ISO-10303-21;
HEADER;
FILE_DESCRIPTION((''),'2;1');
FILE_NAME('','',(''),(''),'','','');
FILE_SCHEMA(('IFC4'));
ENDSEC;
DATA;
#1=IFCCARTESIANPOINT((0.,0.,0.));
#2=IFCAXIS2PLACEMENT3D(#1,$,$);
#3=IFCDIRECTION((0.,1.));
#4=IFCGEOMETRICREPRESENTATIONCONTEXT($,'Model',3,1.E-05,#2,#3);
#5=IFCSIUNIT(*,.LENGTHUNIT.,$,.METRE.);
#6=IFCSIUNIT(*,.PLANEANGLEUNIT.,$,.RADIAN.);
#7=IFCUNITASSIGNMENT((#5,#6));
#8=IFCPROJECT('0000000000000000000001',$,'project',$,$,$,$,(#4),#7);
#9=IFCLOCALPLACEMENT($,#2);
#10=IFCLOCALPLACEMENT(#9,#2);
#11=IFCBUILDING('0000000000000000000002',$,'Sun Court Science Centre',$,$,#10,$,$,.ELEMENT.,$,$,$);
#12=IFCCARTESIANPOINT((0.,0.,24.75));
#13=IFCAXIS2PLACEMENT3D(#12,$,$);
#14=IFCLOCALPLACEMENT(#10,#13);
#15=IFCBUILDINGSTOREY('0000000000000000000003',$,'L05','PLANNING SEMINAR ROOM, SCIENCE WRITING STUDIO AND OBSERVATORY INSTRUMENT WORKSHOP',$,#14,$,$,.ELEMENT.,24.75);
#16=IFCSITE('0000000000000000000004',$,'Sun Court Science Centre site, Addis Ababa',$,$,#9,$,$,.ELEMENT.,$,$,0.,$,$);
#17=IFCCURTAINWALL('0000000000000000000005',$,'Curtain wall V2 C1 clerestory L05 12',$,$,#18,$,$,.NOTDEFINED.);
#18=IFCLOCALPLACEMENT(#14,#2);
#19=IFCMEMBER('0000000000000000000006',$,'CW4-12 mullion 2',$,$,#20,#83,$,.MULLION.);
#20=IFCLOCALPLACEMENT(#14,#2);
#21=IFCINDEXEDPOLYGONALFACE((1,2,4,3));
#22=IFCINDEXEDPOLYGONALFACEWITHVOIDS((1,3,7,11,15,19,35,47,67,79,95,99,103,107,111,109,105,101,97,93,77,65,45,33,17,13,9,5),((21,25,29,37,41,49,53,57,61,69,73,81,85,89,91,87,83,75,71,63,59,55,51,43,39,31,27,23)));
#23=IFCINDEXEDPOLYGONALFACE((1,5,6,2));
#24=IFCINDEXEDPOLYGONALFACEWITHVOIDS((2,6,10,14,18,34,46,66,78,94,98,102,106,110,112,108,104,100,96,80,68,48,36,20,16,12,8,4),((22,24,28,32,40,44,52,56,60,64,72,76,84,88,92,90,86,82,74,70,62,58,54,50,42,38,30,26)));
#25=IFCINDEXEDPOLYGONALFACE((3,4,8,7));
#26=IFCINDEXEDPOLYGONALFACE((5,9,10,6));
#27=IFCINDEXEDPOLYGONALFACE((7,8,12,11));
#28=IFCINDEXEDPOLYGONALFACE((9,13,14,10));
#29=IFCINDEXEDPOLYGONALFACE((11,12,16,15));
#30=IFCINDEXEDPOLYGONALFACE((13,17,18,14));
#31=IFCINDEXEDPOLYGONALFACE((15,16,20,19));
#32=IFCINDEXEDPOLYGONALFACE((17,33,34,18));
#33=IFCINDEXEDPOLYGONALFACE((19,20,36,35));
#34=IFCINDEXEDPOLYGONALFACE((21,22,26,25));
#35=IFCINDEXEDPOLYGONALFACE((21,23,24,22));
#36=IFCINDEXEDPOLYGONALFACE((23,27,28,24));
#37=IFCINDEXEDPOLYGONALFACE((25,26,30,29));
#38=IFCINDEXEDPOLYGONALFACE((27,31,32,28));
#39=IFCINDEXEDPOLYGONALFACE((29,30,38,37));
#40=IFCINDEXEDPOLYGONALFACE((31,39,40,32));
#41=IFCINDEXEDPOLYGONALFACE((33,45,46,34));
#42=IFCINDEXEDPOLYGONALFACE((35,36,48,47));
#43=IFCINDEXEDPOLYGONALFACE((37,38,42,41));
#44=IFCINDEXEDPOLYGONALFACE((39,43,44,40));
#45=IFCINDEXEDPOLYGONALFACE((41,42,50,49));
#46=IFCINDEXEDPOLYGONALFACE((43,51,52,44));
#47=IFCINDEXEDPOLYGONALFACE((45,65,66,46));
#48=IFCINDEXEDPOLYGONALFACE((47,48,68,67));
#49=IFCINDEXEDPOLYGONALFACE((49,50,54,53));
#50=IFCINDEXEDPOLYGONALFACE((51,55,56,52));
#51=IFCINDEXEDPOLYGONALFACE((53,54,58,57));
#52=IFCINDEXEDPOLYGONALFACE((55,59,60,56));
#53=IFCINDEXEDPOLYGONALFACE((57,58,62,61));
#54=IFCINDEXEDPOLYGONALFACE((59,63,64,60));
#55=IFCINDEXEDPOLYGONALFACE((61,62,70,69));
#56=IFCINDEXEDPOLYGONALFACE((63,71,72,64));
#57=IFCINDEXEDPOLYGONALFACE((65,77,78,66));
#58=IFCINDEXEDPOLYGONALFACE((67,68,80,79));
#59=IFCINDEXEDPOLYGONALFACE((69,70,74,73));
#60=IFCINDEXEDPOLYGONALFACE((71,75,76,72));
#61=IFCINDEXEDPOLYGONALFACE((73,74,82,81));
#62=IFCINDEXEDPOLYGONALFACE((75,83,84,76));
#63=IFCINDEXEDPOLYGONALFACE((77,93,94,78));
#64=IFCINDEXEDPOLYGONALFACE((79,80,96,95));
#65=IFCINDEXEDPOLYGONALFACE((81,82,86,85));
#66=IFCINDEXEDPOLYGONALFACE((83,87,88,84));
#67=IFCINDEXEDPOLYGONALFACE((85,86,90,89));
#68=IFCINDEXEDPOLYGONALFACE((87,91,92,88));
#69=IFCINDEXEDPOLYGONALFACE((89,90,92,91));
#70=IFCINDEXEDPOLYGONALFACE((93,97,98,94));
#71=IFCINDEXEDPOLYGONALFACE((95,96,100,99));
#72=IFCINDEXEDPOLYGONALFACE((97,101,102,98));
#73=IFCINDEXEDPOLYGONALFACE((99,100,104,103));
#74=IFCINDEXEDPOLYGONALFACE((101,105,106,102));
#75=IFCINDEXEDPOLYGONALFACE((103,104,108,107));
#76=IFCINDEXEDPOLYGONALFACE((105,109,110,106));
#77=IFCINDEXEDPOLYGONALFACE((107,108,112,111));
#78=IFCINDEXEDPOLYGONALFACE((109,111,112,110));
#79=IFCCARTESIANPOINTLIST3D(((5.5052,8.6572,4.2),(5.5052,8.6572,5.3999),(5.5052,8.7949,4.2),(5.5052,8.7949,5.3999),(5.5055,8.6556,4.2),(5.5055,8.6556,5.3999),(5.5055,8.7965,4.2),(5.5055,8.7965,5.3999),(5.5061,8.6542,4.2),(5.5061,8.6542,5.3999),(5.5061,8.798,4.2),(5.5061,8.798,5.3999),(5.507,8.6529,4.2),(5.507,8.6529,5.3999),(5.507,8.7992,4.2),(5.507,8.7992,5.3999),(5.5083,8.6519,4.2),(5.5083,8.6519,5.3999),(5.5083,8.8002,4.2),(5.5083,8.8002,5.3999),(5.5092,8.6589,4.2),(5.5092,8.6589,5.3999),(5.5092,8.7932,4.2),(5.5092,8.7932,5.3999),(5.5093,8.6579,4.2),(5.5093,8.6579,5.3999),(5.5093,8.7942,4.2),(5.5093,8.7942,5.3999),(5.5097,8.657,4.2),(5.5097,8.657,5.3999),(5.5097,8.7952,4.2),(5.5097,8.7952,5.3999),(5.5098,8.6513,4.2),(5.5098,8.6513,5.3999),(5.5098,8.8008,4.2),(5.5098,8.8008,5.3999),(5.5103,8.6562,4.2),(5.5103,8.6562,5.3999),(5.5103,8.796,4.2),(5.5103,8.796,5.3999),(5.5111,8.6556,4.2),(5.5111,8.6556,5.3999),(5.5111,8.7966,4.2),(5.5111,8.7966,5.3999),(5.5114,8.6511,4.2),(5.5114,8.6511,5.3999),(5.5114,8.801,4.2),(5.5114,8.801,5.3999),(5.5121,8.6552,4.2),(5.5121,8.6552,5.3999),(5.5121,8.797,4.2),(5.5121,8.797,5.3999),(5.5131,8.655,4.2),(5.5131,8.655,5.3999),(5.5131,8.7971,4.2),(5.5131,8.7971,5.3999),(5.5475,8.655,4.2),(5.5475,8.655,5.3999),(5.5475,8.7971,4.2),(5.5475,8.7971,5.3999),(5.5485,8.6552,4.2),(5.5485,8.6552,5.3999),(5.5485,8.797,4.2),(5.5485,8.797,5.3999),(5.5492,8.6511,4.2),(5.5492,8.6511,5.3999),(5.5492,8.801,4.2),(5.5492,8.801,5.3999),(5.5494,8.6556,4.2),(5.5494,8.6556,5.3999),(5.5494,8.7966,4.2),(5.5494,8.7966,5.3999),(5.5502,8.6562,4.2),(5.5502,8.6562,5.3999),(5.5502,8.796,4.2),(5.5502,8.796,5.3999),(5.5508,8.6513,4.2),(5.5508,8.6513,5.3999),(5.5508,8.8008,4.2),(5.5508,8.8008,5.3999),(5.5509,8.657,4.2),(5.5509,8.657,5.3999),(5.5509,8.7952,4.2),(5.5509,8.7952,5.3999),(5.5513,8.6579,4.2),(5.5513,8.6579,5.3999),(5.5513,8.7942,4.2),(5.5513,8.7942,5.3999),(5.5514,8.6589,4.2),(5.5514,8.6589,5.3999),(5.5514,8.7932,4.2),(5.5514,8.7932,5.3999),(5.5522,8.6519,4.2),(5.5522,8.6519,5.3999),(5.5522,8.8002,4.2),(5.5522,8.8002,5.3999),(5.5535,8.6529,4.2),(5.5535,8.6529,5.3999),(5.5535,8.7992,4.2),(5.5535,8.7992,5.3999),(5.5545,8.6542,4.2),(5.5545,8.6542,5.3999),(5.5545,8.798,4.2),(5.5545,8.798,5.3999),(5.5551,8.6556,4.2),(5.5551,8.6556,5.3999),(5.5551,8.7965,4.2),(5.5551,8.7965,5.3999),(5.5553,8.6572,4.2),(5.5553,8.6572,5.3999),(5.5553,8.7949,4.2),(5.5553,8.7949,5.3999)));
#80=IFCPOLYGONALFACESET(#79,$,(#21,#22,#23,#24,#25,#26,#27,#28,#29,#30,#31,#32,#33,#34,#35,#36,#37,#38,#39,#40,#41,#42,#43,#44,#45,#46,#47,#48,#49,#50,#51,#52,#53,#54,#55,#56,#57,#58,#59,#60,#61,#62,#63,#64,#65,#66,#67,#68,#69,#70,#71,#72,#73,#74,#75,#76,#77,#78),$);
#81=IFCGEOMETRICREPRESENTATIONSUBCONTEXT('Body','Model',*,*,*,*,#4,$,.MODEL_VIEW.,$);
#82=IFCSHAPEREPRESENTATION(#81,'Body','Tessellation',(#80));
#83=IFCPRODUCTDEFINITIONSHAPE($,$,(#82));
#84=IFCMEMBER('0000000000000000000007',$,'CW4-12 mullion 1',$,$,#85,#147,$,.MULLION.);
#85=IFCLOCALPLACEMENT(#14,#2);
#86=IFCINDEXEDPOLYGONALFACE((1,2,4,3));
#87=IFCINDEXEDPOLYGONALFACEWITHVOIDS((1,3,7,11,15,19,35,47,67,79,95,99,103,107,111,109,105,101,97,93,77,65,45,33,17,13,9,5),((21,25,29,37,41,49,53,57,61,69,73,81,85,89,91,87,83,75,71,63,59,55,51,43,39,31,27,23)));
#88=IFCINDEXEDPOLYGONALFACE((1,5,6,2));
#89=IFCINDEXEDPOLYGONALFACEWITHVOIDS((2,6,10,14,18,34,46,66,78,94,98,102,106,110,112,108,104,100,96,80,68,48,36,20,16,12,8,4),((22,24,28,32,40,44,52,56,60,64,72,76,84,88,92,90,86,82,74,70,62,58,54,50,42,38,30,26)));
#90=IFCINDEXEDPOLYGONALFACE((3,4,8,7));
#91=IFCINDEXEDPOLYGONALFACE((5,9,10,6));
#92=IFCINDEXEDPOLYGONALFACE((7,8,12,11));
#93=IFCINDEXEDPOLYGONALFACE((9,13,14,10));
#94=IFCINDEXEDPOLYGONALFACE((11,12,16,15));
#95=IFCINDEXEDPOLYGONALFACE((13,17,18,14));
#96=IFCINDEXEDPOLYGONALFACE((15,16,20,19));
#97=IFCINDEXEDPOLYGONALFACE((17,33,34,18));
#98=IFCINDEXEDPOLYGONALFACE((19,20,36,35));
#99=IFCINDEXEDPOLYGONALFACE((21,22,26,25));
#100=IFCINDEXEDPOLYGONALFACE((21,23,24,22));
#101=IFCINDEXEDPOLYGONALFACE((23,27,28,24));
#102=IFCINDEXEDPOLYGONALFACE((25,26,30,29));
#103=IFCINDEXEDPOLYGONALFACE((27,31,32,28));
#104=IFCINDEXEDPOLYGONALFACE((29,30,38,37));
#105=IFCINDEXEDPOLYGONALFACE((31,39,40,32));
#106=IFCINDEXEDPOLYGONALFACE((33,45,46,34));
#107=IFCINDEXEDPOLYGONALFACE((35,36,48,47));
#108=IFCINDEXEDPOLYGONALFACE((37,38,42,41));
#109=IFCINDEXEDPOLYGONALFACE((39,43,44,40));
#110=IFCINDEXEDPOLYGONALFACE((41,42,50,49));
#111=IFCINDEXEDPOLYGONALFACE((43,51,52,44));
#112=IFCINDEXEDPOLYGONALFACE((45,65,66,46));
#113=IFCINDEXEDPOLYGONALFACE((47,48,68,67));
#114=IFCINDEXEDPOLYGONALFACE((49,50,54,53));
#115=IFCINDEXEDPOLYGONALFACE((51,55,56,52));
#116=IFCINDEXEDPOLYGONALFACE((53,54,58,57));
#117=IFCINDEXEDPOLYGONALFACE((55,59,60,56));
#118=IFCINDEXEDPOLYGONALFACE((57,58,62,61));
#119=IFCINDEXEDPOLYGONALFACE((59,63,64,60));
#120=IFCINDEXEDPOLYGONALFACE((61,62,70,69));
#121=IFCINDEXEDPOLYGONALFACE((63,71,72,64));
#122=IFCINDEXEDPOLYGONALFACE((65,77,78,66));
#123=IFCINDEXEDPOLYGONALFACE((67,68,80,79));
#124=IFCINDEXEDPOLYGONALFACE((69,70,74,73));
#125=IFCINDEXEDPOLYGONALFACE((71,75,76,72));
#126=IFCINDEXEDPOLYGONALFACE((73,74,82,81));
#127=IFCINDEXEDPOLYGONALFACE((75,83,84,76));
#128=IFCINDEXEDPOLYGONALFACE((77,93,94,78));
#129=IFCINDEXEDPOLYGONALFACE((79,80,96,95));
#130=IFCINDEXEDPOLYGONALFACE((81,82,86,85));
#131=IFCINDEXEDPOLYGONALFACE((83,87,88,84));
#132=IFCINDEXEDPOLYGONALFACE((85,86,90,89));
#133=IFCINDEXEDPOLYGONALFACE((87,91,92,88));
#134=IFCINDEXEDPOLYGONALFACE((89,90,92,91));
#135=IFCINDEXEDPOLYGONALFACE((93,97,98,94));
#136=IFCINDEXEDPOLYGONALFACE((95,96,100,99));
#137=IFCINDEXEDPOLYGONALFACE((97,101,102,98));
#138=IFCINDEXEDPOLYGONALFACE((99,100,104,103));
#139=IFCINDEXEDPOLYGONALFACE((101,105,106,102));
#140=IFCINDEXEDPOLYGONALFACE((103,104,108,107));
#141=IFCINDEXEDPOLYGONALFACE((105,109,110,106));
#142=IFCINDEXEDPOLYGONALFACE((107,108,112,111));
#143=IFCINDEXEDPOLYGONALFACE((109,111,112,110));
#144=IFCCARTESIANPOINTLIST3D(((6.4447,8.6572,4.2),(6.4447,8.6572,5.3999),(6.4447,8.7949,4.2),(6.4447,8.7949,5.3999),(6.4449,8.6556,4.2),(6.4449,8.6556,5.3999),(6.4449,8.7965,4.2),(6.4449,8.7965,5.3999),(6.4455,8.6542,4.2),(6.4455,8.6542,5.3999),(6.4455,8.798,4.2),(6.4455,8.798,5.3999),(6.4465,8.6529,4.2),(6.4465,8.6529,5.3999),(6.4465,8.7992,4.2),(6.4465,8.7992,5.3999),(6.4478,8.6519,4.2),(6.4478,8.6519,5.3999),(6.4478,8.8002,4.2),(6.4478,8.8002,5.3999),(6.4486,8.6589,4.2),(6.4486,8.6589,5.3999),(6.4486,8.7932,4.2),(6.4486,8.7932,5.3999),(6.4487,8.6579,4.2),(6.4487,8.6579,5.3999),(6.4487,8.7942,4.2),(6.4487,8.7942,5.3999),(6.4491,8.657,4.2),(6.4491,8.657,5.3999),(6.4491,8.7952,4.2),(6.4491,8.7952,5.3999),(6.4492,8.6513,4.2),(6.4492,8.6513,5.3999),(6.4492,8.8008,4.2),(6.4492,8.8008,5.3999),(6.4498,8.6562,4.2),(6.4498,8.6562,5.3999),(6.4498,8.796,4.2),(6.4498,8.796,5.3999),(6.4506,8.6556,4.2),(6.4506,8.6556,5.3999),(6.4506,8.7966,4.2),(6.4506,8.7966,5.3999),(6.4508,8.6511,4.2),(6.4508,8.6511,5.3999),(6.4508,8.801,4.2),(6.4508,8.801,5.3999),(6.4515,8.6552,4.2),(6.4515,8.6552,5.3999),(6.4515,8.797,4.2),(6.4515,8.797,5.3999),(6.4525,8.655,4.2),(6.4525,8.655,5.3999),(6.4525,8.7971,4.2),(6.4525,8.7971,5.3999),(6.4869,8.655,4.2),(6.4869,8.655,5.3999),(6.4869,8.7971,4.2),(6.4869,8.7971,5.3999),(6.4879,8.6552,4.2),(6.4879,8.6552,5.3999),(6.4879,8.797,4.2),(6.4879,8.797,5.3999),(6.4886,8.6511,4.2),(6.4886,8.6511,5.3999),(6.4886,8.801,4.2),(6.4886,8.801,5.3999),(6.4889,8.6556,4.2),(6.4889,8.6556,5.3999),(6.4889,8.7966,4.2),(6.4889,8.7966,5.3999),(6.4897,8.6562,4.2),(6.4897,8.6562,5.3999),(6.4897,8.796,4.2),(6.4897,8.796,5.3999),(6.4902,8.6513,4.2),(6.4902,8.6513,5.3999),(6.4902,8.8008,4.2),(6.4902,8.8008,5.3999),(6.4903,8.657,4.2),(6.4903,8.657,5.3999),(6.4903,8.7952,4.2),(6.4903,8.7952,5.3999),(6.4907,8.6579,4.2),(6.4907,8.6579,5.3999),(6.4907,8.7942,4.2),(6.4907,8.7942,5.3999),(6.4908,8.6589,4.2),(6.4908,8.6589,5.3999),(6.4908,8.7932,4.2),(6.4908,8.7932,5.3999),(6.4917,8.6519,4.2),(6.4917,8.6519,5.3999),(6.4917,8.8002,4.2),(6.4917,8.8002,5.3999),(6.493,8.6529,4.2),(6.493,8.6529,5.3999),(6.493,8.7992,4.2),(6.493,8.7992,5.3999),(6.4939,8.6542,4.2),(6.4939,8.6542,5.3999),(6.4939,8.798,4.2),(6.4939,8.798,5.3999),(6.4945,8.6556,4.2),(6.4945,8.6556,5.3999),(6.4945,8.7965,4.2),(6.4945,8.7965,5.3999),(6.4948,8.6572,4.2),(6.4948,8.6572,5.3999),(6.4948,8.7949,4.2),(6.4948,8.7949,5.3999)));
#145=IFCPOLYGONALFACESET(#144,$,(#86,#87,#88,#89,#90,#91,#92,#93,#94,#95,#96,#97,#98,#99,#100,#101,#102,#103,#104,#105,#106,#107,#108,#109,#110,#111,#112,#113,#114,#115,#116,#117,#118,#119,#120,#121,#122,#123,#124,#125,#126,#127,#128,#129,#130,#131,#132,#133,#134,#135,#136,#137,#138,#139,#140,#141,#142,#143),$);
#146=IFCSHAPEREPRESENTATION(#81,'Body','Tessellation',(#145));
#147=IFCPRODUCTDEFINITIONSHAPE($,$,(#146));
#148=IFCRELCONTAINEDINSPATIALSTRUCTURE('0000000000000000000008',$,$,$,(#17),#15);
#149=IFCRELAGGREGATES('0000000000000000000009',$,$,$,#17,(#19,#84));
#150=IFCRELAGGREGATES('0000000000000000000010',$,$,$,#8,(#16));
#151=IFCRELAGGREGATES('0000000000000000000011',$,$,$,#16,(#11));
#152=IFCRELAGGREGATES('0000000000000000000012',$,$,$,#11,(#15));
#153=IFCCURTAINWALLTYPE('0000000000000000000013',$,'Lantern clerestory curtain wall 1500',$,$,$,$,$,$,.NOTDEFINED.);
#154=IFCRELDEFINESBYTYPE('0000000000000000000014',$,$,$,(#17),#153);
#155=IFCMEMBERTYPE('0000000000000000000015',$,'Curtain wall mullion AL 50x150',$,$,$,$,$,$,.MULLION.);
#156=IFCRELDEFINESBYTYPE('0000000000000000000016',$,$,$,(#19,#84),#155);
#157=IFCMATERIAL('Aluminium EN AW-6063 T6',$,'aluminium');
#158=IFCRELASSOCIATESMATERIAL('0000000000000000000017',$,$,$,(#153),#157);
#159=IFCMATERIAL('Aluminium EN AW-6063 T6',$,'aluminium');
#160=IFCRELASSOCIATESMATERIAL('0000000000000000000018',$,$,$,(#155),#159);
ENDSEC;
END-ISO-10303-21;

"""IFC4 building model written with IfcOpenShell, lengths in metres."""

from ifc_helpers import new_model, si_unit, direction, frame, origin, origin_2d, place, context, subcontext, project, spatial, hollow_rectangle, extrude, material, material_profile, profile_set, type_object, element, aggregate, save


model = new_model("IFC4")

# Units and contexts
model_context = context("Model", 3, precision=1e-05, world=origin(), true_north=direction((0.0, 1.0)))
body_context = subcontext(model_context, "Body", "Model", "MODEL_VIEW")
ifc_project = project(units=[si_unit("LENGTHUNIT", "METRE"), si_unit("PLANEANGLEUNIT", "RADIAN")], contexts=[model_context])

# Site, building, storey
site_placement = place(None, origin())
site = spatial("IfcSite", under=ifc_project, at=site_placement, Name="Sun Court Science Centre site, Addis Ababa", CompositionType="ELEMENT", RefElevation=0.0)
building_placement = place(site_placement, origin())
building = spatial("IfcBuilding", under=site, at=building_placement, Name="Sun Court Science Centre", CompositionType="ELEMENT")
storey_placement = place(building_placement, frame((0.0, 0.0, 24.75)))
storey = spatial("IfcBuildingStorey", under=building, at=storey_placement, Name="L05", Description="PLANNING SEMINAR ROOM, SCIENCE WRITING STUDIO AND OBSERVATORY INSTRUMENT WORKSHOP", CompositionType="ELEMENT", Elevation=24.75)

# Curtain wall, members
ifc_material_1 = material(Name="Aluminium EN AW-6063 T6", Category="aluminium")
curtain_wall_type = type_object("IfcCurtainWallType", Name="Lantern clerestory curtain wall 1500", PredefinedType="NOTDEFINED", material=ifc_material_1)
ifc_material_2 = material(Name="Aluminium EN AW-6063 T6", Category="aluminium")
ifc_material_profile_1 = material_profile(ifc_material_2, hollow_rectangle(XDim=0.05, YDim=0.1499, WallThickness=0.0039, InnerFilletRadius=0.0039, OuterFilletRadius=0.0061, at=origin_2d()), Name="AL 50x150x4")
ifc_profile_set_1 = profile_set([ifc_material_profile_1], Name="Aluminium EN AW-6063 T6")
member_type_1 = type_object("IfcMemberType", Name="Curtain wall mullion AL 50x150", PredefinedType="MULLION", material=ifc_profile_set_1)
curtain_wall_1_placement = place(storey_placement, origin())
curtain_wall_1 = element("IfcCurtainWall", 1, at=curtain_wall_1_placement, inside=storey, type_object=curtain_wall_type, Name="Curtain wall V2 C1 clerestory L05 12", PredefinedType="NOTDEFINED")
member_1_placement = place(storey_placement, frame((5.5303, 8.7261, 4.2), z_axis=(0.0, 0.0, 1.0), x_axis=(-1.0, 0.0, 0.0)))
member_1 = element("IfcMember", 2, at=member_1_placement, type_object=member_type_1, Name="CW4-12 mullion 2", PredefinedType="MULLION", context=body_context, shape_type="SweptSolid", body=[
    extrude(hollow_rectangle(XDim=0.05, YDim=0.1499, WallThickness=0.0039, InnerFilletRadius=0.0039, OuterFilletRadius=0.0061, at=origin_2d()), origin(), (0.0, 0.0, 1.0), 1.2),
])
member_2_placement = place(storey_placement, frame((6.4697, 8.7261, 4.2), z_axis=(0.0, 0.0, 1.0), x_axis=(-1.0, 0.0, 0.0)))
member_2 = element("IfcMember", 3, at=member_2_placement, type_object=member_type_1, Name="CW4-12 mullion 1", PredefinedType="MULLION", context=body_context, shape_type="SweptSolid", body=[
    extrude(hollow_rectangle(XDim=0.05, YDim=0.1499, WallThickness=0.0039, InnerFilletRadius=0.0039, OuterFilletRadius=0.0061, at=origin_2d()), origin(), (0.0, 0.0, 1.0), 1.2),
])

aggregate(curtain_wall_1, [member_1, member_2])

save(model, "model.ifc")
